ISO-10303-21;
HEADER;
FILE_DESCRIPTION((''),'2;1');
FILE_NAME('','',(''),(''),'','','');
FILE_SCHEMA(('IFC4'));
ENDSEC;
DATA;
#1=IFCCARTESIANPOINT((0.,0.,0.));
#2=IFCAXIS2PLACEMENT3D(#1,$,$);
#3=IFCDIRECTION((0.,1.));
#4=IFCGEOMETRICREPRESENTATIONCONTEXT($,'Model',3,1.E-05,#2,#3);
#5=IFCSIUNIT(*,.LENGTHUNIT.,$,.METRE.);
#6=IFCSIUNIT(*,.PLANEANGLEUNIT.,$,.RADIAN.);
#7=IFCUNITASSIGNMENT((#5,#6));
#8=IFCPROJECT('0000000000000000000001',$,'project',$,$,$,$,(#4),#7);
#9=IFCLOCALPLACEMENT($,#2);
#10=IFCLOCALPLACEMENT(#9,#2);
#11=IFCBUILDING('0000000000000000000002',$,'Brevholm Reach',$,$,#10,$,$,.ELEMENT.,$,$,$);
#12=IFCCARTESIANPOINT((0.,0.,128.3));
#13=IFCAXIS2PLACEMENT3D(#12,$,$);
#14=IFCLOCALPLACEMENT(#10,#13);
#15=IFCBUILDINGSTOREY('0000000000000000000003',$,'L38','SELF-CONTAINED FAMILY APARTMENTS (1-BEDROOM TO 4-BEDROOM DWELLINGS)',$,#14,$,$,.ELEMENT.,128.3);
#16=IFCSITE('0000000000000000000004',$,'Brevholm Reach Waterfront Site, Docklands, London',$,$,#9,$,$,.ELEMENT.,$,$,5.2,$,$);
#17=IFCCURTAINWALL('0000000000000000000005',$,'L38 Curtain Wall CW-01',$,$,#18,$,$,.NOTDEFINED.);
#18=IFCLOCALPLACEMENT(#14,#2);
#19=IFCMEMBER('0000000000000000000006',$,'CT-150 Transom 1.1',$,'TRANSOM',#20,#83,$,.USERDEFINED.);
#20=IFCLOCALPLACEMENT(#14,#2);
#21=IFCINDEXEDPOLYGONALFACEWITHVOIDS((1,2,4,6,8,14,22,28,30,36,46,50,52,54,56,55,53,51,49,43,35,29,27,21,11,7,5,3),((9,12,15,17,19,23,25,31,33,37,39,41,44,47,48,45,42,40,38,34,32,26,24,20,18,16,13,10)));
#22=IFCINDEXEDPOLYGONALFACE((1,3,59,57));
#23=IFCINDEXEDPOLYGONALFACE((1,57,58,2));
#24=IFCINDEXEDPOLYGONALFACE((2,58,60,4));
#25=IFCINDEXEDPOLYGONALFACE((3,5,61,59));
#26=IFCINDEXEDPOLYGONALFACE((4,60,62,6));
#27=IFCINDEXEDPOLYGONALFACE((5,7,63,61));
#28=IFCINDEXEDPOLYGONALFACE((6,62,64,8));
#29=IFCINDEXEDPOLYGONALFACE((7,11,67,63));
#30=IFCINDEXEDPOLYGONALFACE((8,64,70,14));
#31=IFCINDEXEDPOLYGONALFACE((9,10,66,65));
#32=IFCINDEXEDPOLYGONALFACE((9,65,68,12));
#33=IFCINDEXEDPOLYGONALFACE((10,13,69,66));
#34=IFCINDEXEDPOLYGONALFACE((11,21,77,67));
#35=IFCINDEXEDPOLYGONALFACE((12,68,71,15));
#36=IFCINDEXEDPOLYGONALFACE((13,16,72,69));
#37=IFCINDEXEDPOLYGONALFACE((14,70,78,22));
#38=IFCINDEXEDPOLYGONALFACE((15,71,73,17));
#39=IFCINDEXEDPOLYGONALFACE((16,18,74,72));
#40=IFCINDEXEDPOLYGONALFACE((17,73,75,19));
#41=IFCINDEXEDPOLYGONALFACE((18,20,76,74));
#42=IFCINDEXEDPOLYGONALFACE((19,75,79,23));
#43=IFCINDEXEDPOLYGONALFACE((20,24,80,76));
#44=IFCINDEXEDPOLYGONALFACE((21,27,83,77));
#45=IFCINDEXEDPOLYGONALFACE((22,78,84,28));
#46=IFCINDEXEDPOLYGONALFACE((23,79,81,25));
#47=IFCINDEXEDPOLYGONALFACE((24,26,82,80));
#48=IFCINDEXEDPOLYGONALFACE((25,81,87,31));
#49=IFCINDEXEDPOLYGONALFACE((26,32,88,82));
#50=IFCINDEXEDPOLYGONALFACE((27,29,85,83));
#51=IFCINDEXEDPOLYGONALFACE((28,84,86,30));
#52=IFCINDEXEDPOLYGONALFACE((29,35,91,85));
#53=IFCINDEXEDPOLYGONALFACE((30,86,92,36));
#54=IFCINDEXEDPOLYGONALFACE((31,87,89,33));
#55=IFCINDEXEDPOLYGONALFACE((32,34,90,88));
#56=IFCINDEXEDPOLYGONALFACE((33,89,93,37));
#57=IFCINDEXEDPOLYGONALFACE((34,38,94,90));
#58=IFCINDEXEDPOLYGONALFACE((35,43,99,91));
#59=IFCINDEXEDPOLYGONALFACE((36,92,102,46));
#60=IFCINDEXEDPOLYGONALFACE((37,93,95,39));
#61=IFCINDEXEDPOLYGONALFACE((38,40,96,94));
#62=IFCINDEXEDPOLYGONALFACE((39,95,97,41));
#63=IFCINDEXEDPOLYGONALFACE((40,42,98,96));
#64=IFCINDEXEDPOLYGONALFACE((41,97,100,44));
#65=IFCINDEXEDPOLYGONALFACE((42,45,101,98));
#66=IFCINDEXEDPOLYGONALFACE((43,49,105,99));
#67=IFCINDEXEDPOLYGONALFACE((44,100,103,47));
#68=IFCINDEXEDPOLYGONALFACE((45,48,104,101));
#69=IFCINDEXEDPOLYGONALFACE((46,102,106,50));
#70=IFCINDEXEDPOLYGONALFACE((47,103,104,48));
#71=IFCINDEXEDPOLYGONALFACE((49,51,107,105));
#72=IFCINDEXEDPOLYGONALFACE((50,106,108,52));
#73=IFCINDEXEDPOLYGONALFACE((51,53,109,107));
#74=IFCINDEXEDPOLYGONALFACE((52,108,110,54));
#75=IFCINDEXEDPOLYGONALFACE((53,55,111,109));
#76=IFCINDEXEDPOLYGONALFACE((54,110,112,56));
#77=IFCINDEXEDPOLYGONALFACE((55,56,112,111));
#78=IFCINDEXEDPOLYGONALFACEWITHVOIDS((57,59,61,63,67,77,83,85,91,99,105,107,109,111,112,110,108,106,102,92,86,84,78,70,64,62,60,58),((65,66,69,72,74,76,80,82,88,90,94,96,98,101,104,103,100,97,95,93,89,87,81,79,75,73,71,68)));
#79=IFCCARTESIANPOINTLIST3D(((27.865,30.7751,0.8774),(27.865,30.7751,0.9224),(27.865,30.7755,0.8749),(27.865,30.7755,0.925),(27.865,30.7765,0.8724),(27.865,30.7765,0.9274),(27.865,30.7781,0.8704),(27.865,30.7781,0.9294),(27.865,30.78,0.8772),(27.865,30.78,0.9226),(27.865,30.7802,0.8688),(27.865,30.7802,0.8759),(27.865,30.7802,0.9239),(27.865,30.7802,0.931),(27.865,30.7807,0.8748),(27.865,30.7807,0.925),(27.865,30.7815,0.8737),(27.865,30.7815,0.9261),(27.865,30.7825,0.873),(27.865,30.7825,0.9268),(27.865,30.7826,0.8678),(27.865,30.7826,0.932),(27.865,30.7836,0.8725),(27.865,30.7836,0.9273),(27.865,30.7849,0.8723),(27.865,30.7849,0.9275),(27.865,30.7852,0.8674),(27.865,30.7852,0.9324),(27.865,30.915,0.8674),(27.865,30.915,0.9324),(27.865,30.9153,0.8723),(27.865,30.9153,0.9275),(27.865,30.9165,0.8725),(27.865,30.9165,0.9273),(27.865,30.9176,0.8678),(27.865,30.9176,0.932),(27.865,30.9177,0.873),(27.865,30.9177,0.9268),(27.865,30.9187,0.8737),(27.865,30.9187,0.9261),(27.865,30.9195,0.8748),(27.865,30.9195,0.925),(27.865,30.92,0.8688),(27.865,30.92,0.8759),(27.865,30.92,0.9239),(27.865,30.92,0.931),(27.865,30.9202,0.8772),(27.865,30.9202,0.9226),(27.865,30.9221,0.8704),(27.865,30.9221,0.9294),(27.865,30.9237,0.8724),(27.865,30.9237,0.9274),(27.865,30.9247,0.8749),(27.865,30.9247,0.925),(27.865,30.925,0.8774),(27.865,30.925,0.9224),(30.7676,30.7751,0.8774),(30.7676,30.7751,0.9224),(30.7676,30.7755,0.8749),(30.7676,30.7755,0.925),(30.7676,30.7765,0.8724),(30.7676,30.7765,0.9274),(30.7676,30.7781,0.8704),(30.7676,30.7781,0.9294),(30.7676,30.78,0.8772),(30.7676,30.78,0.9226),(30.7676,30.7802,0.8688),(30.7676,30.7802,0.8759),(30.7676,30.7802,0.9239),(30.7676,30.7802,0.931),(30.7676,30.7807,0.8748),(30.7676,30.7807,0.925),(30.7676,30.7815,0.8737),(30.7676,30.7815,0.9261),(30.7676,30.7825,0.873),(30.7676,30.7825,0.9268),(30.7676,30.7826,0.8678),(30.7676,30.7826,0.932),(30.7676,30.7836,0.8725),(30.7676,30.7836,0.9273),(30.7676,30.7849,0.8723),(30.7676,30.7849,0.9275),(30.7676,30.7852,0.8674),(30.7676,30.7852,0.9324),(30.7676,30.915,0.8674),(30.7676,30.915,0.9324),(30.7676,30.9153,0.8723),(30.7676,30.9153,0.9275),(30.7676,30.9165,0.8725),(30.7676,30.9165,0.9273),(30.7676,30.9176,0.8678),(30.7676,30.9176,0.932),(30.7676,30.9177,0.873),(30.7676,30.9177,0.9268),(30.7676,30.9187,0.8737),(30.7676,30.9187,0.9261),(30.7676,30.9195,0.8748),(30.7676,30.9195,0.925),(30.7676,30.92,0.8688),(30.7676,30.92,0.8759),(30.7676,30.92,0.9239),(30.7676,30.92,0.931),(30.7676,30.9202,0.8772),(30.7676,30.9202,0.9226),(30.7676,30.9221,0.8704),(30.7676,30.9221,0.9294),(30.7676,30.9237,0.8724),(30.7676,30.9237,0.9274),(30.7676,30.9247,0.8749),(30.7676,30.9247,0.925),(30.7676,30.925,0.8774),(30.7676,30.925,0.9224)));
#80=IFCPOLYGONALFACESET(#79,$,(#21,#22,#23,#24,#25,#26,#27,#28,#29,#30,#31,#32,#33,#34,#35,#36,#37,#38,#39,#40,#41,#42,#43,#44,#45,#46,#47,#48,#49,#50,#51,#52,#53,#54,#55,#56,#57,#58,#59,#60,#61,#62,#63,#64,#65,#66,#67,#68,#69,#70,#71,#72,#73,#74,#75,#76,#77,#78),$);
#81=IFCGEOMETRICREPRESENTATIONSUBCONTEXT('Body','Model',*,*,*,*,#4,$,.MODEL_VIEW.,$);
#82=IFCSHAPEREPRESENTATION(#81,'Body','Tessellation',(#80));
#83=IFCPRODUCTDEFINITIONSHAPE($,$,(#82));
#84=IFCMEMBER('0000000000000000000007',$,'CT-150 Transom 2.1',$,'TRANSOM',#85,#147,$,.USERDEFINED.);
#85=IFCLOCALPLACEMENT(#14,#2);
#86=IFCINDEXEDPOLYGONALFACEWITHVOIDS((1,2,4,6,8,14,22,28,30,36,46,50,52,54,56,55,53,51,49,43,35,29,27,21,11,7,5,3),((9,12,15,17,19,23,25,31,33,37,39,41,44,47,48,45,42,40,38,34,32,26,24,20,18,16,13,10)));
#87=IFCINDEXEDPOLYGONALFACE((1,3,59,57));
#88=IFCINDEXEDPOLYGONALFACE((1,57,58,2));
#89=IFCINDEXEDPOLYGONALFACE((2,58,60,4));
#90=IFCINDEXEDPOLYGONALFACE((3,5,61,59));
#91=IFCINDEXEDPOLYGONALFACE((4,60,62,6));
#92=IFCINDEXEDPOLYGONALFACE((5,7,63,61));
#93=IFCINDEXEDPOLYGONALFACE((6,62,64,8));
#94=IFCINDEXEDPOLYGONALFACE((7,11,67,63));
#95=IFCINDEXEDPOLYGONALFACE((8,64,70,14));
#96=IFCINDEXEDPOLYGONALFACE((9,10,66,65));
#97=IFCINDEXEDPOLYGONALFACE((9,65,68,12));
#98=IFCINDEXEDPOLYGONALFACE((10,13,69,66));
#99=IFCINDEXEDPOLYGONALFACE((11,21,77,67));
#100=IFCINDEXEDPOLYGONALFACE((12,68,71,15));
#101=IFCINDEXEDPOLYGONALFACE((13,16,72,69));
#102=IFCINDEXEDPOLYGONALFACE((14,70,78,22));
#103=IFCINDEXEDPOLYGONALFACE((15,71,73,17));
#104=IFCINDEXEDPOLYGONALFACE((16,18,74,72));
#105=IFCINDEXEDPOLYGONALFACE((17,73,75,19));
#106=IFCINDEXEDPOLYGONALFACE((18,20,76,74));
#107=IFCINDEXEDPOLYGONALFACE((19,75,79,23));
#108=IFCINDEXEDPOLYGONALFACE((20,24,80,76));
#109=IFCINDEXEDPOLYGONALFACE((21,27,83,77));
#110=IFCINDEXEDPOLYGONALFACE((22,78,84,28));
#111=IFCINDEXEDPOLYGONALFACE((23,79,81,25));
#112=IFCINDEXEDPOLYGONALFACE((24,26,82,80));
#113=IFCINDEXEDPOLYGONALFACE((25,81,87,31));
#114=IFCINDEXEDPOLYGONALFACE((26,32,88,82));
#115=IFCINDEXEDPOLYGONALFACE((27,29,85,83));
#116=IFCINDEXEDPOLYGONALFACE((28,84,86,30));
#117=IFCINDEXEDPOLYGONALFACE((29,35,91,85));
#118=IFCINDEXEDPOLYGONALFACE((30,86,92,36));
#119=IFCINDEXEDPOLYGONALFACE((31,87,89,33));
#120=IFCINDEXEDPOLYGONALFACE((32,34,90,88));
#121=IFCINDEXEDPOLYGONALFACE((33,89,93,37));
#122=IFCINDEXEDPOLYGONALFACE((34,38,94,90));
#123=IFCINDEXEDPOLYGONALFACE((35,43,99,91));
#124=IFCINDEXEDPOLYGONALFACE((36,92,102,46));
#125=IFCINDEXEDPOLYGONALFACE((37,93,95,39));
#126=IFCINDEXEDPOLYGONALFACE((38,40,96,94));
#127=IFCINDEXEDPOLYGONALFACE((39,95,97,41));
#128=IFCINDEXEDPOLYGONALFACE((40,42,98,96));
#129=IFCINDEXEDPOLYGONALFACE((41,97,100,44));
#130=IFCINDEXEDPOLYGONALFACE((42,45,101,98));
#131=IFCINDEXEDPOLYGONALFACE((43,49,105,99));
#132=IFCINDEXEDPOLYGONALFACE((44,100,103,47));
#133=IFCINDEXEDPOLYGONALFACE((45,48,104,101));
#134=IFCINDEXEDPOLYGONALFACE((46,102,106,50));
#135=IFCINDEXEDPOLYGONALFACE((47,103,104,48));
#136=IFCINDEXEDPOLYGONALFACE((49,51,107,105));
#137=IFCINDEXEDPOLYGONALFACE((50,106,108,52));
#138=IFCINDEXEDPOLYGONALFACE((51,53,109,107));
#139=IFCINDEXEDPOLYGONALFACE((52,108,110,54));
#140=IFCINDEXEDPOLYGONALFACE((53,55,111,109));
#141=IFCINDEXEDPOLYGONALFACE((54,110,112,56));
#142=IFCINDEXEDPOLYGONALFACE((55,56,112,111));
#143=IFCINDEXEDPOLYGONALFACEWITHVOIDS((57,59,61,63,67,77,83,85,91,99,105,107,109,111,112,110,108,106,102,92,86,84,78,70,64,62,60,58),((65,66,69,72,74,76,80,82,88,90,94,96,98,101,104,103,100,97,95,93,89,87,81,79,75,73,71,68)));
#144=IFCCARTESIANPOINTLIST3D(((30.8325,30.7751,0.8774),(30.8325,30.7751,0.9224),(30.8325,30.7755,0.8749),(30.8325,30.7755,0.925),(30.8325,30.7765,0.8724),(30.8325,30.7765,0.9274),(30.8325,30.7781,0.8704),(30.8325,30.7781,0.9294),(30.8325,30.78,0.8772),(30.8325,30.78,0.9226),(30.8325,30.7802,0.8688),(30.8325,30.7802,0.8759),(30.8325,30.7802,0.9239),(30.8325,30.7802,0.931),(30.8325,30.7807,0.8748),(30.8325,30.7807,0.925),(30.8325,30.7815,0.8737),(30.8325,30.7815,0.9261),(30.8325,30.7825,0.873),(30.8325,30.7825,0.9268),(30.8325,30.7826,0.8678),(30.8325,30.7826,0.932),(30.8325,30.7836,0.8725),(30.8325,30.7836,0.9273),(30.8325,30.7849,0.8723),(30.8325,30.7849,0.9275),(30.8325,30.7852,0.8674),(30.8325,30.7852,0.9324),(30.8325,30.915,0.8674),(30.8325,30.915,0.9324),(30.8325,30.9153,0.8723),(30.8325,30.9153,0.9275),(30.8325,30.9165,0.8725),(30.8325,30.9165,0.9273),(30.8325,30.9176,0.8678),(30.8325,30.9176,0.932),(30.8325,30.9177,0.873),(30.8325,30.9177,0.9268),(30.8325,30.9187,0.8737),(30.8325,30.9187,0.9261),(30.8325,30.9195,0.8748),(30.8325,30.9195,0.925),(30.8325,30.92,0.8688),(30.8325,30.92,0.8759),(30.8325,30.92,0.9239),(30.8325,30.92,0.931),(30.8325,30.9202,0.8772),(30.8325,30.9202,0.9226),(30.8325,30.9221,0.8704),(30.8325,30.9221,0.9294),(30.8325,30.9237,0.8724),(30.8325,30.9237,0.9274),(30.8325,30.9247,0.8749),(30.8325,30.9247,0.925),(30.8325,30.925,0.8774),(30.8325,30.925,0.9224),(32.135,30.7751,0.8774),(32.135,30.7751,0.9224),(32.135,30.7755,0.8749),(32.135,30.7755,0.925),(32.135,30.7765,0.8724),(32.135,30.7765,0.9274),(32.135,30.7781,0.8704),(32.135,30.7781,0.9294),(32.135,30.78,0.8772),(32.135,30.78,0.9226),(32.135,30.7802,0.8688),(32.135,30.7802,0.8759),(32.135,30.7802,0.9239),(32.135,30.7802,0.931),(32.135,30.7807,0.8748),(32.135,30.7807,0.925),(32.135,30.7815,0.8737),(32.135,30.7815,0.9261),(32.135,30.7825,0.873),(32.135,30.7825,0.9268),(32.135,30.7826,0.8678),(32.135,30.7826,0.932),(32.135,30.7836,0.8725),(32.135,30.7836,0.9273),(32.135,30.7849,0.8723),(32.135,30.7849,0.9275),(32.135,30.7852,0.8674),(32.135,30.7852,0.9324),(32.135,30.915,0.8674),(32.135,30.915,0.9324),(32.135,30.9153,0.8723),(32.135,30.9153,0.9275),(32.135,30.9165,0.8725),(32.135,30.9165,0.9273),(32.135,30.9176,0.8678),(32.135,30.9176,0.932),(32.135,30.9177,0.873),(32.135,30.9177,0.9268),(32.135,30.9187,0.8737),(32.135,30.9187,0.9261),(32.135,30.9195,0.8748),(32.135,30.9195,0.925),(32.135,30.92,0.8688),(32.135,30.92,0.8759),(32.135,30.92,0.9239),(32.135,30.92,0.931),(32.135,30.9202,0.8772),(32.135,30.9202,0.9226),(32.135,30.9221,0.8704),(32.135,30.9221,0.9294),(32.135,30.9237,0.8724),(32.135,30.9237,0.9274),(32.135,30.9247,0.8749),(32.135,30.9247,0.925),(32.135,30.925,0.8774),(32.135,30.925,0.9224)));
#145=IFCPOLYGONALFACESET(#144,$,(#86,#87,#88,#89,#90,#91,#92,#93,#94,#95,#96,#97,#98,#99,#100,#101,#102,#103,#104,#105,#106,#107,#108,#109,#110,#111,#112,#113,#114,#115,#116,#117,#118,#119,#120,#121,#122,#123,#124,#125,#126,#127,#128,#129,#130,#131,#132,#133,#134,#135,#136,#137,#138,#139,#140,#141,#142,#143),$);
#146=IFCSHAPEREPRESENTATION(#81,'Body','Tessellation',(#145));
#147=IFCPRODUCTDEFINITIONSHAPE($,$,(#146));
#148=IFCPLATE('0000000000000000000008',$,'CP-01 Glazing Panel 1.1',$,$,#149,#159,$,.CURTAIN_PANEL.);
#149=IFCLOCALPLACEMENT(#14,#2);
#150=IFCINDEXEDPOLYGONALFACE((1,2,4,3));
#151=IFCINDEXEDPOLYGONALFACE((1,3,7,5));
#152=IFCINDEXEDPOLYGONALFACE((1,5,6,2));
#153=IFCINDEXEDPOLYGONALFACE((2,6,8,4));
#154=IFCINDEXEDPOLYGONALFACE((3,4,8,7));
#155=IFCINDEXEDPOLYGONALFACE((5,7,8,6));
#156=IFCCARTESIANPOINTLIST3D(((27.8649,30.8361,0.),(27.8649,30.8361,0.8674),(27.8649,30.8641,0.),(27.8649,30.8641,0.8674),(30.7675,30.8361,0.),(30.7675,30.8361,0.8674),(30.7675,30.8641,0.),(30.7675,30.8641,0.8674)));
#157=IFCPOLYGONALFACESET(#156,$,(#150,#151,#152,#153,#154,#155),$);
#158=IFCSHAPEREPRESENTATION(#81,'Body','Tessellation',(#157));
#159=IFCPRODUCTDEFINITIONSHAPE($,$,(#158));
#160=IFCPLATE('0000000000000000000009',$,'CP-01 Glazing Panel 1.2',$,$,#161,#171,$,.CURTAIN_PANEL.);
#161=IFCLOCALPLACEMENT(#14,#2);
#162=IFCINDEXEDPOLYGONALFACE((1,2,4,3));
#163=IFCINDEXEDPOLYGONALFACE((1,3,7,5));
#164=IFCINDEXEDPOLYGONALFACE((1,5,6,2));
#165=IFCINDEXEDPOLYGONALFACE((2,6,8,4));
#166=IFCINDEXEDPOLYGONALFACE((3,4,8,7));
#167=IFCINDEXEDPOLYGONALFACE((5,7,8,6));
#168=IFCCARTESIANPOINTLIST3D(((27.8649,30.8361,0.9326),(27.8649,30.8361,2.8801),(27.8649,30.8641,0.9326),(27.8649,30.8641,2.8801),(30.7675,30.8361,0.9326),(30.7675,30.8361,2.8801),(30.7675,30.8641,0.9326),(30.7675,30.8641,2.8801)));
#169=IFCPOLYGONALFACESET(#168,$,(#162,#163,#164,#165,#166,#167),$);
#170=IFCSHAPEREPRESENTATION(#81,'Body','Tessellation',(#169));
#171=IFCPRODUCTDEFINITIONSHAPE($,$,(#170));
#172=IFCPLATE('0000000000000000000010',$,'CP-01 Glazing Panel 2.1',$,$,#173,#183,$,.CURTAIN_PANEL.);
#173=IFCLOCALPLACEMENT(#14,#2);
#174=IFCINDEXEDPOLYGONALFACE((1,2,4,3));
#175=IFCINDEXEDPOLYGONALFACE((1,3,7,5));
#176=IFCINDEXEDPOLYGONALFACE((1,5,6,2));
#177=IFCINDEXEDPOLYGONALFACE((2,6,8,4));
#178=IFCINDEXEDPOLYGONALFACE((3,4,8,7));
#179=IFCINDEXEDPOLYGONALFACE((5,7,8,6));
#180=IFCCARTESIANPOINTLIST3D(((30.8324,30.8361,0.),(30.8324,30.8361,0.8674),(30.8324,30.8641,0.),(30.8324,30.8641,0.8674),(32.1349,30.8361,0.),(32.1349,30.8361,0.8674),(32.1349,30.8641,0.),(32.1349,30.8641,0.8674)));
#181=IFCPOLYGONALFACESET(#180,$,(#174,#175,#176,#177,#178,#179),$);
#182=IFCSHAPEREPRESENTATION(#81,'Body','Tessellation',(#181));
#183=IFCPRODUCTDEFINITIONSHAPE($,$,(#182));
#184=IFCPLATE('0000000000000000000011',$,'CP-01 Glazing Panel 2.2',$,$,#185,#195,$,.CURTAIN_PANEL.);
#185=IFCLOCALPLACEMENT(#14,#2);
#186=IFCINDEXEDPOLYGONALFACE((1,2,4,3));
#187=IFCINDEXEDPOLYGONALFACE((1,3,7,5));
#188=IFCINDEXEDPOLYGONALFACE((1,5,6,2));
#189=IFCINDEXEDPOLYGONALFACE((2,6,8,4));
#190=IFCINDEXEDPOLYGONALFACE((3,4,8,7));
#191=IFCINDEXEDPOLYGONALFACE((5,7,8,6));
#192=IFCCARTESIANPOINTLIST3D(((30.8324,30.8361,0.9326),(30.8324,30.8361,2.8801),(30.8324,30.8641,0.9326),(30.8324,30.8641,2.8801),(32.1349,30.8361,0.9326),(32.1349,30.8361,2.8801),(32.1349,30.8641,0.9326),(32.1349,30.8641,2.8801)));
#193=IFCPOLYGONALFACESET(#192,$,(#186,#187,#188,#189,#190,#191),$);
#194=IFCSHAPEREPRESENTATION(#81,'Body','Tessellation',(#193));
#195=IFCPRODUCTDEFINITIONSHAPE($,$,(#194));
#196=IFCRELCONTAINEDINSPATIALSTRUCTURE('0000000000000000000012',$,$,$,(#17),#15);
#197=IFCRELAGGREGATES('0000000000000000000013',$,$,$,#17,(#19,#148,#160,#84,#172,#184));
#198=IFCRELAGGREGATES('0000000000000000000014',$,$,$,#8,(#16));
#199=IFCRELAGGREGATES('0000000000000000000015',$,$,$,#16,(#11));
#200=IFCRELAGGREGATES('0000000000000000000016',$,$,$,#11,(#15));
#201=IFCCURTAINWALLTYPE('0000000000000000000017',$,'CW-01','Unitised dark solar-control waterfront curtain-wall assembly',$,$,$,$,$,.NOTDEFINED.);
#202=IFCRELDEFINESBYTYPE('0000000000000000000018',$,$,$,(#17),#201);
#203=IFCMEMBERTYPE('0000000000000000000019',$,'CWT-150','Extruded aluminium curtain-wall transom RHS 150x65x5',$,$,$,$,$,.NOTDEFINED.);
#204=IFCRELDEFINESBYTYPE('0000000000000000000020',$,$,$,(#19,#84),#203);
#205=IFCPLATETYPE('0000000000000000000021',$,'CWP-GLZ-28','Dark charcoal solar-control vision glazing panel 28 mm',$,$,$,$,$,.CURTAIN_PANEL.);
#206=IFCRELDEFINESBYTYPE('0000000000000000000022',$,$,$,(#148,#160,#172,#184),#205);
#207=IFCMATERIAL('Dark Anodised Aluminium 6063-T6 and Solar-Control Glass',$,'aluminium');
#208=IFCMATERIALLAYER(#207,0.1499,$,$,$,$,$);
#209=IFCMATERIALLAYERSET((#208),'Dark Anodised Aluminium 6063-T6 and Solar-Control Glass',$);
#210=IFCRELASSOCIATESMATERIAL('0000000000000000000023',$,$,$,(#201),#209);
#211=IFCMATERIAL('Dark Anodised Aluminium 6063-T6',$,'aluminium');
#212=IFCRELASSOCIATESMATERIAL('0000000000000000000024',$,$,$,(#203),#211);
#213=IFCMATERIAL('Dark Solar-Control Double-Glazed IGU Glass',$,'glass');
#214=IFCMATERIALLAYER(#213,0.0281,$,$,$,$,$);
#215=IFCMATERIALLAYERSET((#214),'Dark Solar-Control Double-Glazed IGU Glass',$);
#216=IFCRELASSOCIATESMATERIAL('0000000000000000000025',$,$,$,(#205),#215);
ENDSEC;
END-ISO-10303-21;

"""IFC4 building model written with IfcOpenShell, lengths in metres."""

from ifc_helpers import new_model, si_unit, direction, frame, origin, origin_2d, place, context, subcontext, project, spatial, rectangle, hollow_rectangle, extrude, material, layer, layer_set, material_profile, profile_set, type_object, element, aggregate, save


model = new_model("IFC4")

# Units and contexts
model_context = context("Model", 3, precision=1e-05, world=origin(), true_north=direction((0.0, 1.0)))
body_context = subcontext(model_context, "Body", "Model", "MODEL_VIEW")
ifc_project = project(units=[si_unit("LENGTHUNIT", "METRE"), si_unit("PLANEANGLEUNIT", "RADIAN")], contexts=[model_context])

# Site, building, storey
site_placement = place(None, origin())
site = spatial("IfcSite", under=ifc_project, at=site_placement, Name="Brevholm Reach Waterfront Site, Docklands, London", CompositionType="ELEMENT", RefElevation=5.2)
building_placement = place(site_placement, origin())
building = spatial("IfcBuilding", under=site, at=building_placement, Name="Brevholm Reach", CompositionType="ELEMENT")
storey_placement = place(building_placement, frame((0.0, 0.0, 128.3)))
storey = spatial("IfcBuildingStorey", under=building, at=storey_placement, Name="L38", Description="SELF-CONTAINED FAMILY APARTMENTS (1-BEDROOM TO 4-BEDROOM DWELLINGS)", CompositionType="ELEMENT", Elevation=128.3)

# Curtain wall
ifc_material_1 = material(Name="Dark Anodised Aluminium 6063-T6 and Solar-Control Glass", Category="aluminium")
ifc_layer_1 = layer(ifc_material_1, 0.1499)
ifc_layer_set_1 = layer_set([ifc_layer_1], Name="Dark Anodised Aluminium 6063-T6 and Solar-Control Glass")
curtain_wall_type_1 = type_object("IfcCurtainWallType", Name="CW-01", Description="Unitised dark solar-control waterfront curtain-wall assembly", PredefinedType="NOTDEFINED", material=ifc_layer_set_1)
curtain_wall_1_placement = place(storey_placement, origin())
curtain_wall_1 = element("IfcCurtainWall", 1, at=curtain_wall_1_placement, inside=storey, type_object=curtain_wall_type_1, Name="L38 Curtain Wall CW-01", PredefinedType="NOTDEFINED")

# Members
ifc_material_2 = material(Name="Dark Anodised Aluminium 6063-T6", Category="aluminium")
ifc_material_profile_1 = material_profile(ifc_material_2, hollow_rectangle(XDim=0.0649, YDim=0.1499, WallThickness=0.0049, InnerFilletRadius=0.0049, OuterFilletRadius=0.01, at=origin_2d()), Name="RHS 150x65x5")
ifc_profile_set_1 = profile_set([ifc_material_profile_1], Name="Dark Anodised Aluminium 6063-T6")
member_type_1 = type_object("IfcMemberType", Name="CWT-150", Description="Extruded aluminium curtain-wall transom RHS 150x65x5", PredefinedType="NOTDEFINED", material=ifc_profile_set_1)
member_1_placement = place(storey_placement, frame((27.865, 30.8501, 0.8999), z_axis=(1.0, 0.0, 0.0), x_axis=(0.0, 0.0, 1.0)))
member_1 = element("IfcMember", 2, at=member_1_placement, type_object=member_type_1, Name="CT-150 Transom 1.1", ObjectType="TRANSOM", PredefinedType="USERDEFINED", context=body_context, shape_type="SweptSolid", body=[
    extrude(hollow_rectangle(XDim=0.0649, YDim=0.1499, WallThickness=0.0049, InnerFilletRadius=0.0049, OuterFilletRadius=0.01, at=origin_2d()), origin(), (0.0, 0.0, 1.0), 2.9026),
])
member_2_placement = place(storey_placement, frame((30.8325, 30.8501, 0.8999), z_axis=(1.0, 0.0, 0.0), x_axis=(0.0, 0.0, 1.0)))
member_2 = element("IfcMember", 3, at=member_2_placement, type_object=member_type_1, Name="CT-150 Transom 2.1", ObjectType="TRANSOM", PredefinedType="USERDEFINED", context=body_context, shape_type="SweptSolid", body=[
    extrude(hollow_rectangle(XDim=0.0649, YDim=0.1499, WallThickness=0.0049, InnerFilletRadius=0.0049, OuterFilletRadius=0.01, at=origin_2d()), origin(), (0.0, 0.0, 1.0), 1.3025),
])

# Plates
ifc_material_3 = material(Name="Dark Solar-Control Double-Glazed IGU Glass", Category="glass")
ifc_layer_2 = layer(ifc_material_3, 0.0281)
ifc_layer_set_2 = layer_set([ifc_layer_2], Name="Dark Solar-Control Double-Glazed IGU Glass")
plate_type_1 = type_object("IfcPlateType", Name="CWP-GLZ-28", Description="Dark charcoal solar-control vision glazing panel 28 mm", PredefinedType="CURTAIN_PANEL", material=ifc_layer_set_2)
plate_1_placement = place(storey_placement, frame((29.3162, 30.8501, 0.0), z_axis=(0.0, 0.0, 1.0), x_axis=(1.0, 0.0, 0.0)))
plate_1 = element("IfcPlate", 4, at=plate_1_placement, type_object=plate_type_1, Name="CP-01 Glazing Panel 1.1", PredefinedType="CURTAIN_PANEL", context=body_context, shape_type="SweptSolid", body=[
    extrude(rectangle(XDim=2.9026, YDim=0.0281, at=origin_2d()), origin(), (0.0, 0.0, 1.0), 0.8674),
])
plate_2_placement = place(storey_placement, frame((29.3162, 30.8501, 0.9326), z_axis=(0.0, 0.0, 1.0), x_axis=(1.0, 0.0, 0.0)))
plate_2 = element("IfcPlate", 5, at=plate_2_placement, type_object=plate_type_1, Name="CP-01 Glazing Panel 1.2", PredefinedType="CURTAIN_PANEL", context=body_context, shape_type="SweptSolid", body=[
    extrude(rectangle(XDim=2.9026, YDim=0.0281, at=origin_2d()), origin(), (0.0, 0.0, 1.0), 1.9475),
])
plate_3_placement = place(storey_placement, frame((31.4836, 30.8501, 0.0), z_axis=(0.0, 0.0, 1.0), x_axis=(1.0, 0.0, 0.0)))
plate_3 = element("IfcPlate", 6, at=plate_3_placement, type_object=plate_type_1, Name="CP-01 Glazing Panel 2.1", PredefinedType="CURTAIN_PANEL", context=body_context, shape_type="SweptSolid", body=[
    extrude(rectangle(XDim=1.3025, YDim=0.0281, at=origin_2d()), origin(), (0.0, 0.0, 1.0), 0.8674),
])
plate_4_placement = place(storey_placement, frame((31.4836, 30.8501, 0.9326), z_axis=(0.0, 0.0, 1.0), x_axis=(1.0, 0.0, 0.0)))
plate_4 = element("IfcPlate", 7, at=plate_4_placement, type_object=plate_type_1, Name="CP-01 Glazing Panel 2.2", PredefinedType="CURTAIN_PANEL", context=body_context, shape_type="SweptSolid", body=[
    extrude(rectangle(XDim=1.3025, YDim=0.0281, at=origin_2d()), origin(), (0.0, 0.0, 1.0), 1.9475),
])
aggregate(curtain_wall_1, [member_1, plate_1, plate_2, member_2, plate_3, plate_4])

save(model, "model.ifc")
